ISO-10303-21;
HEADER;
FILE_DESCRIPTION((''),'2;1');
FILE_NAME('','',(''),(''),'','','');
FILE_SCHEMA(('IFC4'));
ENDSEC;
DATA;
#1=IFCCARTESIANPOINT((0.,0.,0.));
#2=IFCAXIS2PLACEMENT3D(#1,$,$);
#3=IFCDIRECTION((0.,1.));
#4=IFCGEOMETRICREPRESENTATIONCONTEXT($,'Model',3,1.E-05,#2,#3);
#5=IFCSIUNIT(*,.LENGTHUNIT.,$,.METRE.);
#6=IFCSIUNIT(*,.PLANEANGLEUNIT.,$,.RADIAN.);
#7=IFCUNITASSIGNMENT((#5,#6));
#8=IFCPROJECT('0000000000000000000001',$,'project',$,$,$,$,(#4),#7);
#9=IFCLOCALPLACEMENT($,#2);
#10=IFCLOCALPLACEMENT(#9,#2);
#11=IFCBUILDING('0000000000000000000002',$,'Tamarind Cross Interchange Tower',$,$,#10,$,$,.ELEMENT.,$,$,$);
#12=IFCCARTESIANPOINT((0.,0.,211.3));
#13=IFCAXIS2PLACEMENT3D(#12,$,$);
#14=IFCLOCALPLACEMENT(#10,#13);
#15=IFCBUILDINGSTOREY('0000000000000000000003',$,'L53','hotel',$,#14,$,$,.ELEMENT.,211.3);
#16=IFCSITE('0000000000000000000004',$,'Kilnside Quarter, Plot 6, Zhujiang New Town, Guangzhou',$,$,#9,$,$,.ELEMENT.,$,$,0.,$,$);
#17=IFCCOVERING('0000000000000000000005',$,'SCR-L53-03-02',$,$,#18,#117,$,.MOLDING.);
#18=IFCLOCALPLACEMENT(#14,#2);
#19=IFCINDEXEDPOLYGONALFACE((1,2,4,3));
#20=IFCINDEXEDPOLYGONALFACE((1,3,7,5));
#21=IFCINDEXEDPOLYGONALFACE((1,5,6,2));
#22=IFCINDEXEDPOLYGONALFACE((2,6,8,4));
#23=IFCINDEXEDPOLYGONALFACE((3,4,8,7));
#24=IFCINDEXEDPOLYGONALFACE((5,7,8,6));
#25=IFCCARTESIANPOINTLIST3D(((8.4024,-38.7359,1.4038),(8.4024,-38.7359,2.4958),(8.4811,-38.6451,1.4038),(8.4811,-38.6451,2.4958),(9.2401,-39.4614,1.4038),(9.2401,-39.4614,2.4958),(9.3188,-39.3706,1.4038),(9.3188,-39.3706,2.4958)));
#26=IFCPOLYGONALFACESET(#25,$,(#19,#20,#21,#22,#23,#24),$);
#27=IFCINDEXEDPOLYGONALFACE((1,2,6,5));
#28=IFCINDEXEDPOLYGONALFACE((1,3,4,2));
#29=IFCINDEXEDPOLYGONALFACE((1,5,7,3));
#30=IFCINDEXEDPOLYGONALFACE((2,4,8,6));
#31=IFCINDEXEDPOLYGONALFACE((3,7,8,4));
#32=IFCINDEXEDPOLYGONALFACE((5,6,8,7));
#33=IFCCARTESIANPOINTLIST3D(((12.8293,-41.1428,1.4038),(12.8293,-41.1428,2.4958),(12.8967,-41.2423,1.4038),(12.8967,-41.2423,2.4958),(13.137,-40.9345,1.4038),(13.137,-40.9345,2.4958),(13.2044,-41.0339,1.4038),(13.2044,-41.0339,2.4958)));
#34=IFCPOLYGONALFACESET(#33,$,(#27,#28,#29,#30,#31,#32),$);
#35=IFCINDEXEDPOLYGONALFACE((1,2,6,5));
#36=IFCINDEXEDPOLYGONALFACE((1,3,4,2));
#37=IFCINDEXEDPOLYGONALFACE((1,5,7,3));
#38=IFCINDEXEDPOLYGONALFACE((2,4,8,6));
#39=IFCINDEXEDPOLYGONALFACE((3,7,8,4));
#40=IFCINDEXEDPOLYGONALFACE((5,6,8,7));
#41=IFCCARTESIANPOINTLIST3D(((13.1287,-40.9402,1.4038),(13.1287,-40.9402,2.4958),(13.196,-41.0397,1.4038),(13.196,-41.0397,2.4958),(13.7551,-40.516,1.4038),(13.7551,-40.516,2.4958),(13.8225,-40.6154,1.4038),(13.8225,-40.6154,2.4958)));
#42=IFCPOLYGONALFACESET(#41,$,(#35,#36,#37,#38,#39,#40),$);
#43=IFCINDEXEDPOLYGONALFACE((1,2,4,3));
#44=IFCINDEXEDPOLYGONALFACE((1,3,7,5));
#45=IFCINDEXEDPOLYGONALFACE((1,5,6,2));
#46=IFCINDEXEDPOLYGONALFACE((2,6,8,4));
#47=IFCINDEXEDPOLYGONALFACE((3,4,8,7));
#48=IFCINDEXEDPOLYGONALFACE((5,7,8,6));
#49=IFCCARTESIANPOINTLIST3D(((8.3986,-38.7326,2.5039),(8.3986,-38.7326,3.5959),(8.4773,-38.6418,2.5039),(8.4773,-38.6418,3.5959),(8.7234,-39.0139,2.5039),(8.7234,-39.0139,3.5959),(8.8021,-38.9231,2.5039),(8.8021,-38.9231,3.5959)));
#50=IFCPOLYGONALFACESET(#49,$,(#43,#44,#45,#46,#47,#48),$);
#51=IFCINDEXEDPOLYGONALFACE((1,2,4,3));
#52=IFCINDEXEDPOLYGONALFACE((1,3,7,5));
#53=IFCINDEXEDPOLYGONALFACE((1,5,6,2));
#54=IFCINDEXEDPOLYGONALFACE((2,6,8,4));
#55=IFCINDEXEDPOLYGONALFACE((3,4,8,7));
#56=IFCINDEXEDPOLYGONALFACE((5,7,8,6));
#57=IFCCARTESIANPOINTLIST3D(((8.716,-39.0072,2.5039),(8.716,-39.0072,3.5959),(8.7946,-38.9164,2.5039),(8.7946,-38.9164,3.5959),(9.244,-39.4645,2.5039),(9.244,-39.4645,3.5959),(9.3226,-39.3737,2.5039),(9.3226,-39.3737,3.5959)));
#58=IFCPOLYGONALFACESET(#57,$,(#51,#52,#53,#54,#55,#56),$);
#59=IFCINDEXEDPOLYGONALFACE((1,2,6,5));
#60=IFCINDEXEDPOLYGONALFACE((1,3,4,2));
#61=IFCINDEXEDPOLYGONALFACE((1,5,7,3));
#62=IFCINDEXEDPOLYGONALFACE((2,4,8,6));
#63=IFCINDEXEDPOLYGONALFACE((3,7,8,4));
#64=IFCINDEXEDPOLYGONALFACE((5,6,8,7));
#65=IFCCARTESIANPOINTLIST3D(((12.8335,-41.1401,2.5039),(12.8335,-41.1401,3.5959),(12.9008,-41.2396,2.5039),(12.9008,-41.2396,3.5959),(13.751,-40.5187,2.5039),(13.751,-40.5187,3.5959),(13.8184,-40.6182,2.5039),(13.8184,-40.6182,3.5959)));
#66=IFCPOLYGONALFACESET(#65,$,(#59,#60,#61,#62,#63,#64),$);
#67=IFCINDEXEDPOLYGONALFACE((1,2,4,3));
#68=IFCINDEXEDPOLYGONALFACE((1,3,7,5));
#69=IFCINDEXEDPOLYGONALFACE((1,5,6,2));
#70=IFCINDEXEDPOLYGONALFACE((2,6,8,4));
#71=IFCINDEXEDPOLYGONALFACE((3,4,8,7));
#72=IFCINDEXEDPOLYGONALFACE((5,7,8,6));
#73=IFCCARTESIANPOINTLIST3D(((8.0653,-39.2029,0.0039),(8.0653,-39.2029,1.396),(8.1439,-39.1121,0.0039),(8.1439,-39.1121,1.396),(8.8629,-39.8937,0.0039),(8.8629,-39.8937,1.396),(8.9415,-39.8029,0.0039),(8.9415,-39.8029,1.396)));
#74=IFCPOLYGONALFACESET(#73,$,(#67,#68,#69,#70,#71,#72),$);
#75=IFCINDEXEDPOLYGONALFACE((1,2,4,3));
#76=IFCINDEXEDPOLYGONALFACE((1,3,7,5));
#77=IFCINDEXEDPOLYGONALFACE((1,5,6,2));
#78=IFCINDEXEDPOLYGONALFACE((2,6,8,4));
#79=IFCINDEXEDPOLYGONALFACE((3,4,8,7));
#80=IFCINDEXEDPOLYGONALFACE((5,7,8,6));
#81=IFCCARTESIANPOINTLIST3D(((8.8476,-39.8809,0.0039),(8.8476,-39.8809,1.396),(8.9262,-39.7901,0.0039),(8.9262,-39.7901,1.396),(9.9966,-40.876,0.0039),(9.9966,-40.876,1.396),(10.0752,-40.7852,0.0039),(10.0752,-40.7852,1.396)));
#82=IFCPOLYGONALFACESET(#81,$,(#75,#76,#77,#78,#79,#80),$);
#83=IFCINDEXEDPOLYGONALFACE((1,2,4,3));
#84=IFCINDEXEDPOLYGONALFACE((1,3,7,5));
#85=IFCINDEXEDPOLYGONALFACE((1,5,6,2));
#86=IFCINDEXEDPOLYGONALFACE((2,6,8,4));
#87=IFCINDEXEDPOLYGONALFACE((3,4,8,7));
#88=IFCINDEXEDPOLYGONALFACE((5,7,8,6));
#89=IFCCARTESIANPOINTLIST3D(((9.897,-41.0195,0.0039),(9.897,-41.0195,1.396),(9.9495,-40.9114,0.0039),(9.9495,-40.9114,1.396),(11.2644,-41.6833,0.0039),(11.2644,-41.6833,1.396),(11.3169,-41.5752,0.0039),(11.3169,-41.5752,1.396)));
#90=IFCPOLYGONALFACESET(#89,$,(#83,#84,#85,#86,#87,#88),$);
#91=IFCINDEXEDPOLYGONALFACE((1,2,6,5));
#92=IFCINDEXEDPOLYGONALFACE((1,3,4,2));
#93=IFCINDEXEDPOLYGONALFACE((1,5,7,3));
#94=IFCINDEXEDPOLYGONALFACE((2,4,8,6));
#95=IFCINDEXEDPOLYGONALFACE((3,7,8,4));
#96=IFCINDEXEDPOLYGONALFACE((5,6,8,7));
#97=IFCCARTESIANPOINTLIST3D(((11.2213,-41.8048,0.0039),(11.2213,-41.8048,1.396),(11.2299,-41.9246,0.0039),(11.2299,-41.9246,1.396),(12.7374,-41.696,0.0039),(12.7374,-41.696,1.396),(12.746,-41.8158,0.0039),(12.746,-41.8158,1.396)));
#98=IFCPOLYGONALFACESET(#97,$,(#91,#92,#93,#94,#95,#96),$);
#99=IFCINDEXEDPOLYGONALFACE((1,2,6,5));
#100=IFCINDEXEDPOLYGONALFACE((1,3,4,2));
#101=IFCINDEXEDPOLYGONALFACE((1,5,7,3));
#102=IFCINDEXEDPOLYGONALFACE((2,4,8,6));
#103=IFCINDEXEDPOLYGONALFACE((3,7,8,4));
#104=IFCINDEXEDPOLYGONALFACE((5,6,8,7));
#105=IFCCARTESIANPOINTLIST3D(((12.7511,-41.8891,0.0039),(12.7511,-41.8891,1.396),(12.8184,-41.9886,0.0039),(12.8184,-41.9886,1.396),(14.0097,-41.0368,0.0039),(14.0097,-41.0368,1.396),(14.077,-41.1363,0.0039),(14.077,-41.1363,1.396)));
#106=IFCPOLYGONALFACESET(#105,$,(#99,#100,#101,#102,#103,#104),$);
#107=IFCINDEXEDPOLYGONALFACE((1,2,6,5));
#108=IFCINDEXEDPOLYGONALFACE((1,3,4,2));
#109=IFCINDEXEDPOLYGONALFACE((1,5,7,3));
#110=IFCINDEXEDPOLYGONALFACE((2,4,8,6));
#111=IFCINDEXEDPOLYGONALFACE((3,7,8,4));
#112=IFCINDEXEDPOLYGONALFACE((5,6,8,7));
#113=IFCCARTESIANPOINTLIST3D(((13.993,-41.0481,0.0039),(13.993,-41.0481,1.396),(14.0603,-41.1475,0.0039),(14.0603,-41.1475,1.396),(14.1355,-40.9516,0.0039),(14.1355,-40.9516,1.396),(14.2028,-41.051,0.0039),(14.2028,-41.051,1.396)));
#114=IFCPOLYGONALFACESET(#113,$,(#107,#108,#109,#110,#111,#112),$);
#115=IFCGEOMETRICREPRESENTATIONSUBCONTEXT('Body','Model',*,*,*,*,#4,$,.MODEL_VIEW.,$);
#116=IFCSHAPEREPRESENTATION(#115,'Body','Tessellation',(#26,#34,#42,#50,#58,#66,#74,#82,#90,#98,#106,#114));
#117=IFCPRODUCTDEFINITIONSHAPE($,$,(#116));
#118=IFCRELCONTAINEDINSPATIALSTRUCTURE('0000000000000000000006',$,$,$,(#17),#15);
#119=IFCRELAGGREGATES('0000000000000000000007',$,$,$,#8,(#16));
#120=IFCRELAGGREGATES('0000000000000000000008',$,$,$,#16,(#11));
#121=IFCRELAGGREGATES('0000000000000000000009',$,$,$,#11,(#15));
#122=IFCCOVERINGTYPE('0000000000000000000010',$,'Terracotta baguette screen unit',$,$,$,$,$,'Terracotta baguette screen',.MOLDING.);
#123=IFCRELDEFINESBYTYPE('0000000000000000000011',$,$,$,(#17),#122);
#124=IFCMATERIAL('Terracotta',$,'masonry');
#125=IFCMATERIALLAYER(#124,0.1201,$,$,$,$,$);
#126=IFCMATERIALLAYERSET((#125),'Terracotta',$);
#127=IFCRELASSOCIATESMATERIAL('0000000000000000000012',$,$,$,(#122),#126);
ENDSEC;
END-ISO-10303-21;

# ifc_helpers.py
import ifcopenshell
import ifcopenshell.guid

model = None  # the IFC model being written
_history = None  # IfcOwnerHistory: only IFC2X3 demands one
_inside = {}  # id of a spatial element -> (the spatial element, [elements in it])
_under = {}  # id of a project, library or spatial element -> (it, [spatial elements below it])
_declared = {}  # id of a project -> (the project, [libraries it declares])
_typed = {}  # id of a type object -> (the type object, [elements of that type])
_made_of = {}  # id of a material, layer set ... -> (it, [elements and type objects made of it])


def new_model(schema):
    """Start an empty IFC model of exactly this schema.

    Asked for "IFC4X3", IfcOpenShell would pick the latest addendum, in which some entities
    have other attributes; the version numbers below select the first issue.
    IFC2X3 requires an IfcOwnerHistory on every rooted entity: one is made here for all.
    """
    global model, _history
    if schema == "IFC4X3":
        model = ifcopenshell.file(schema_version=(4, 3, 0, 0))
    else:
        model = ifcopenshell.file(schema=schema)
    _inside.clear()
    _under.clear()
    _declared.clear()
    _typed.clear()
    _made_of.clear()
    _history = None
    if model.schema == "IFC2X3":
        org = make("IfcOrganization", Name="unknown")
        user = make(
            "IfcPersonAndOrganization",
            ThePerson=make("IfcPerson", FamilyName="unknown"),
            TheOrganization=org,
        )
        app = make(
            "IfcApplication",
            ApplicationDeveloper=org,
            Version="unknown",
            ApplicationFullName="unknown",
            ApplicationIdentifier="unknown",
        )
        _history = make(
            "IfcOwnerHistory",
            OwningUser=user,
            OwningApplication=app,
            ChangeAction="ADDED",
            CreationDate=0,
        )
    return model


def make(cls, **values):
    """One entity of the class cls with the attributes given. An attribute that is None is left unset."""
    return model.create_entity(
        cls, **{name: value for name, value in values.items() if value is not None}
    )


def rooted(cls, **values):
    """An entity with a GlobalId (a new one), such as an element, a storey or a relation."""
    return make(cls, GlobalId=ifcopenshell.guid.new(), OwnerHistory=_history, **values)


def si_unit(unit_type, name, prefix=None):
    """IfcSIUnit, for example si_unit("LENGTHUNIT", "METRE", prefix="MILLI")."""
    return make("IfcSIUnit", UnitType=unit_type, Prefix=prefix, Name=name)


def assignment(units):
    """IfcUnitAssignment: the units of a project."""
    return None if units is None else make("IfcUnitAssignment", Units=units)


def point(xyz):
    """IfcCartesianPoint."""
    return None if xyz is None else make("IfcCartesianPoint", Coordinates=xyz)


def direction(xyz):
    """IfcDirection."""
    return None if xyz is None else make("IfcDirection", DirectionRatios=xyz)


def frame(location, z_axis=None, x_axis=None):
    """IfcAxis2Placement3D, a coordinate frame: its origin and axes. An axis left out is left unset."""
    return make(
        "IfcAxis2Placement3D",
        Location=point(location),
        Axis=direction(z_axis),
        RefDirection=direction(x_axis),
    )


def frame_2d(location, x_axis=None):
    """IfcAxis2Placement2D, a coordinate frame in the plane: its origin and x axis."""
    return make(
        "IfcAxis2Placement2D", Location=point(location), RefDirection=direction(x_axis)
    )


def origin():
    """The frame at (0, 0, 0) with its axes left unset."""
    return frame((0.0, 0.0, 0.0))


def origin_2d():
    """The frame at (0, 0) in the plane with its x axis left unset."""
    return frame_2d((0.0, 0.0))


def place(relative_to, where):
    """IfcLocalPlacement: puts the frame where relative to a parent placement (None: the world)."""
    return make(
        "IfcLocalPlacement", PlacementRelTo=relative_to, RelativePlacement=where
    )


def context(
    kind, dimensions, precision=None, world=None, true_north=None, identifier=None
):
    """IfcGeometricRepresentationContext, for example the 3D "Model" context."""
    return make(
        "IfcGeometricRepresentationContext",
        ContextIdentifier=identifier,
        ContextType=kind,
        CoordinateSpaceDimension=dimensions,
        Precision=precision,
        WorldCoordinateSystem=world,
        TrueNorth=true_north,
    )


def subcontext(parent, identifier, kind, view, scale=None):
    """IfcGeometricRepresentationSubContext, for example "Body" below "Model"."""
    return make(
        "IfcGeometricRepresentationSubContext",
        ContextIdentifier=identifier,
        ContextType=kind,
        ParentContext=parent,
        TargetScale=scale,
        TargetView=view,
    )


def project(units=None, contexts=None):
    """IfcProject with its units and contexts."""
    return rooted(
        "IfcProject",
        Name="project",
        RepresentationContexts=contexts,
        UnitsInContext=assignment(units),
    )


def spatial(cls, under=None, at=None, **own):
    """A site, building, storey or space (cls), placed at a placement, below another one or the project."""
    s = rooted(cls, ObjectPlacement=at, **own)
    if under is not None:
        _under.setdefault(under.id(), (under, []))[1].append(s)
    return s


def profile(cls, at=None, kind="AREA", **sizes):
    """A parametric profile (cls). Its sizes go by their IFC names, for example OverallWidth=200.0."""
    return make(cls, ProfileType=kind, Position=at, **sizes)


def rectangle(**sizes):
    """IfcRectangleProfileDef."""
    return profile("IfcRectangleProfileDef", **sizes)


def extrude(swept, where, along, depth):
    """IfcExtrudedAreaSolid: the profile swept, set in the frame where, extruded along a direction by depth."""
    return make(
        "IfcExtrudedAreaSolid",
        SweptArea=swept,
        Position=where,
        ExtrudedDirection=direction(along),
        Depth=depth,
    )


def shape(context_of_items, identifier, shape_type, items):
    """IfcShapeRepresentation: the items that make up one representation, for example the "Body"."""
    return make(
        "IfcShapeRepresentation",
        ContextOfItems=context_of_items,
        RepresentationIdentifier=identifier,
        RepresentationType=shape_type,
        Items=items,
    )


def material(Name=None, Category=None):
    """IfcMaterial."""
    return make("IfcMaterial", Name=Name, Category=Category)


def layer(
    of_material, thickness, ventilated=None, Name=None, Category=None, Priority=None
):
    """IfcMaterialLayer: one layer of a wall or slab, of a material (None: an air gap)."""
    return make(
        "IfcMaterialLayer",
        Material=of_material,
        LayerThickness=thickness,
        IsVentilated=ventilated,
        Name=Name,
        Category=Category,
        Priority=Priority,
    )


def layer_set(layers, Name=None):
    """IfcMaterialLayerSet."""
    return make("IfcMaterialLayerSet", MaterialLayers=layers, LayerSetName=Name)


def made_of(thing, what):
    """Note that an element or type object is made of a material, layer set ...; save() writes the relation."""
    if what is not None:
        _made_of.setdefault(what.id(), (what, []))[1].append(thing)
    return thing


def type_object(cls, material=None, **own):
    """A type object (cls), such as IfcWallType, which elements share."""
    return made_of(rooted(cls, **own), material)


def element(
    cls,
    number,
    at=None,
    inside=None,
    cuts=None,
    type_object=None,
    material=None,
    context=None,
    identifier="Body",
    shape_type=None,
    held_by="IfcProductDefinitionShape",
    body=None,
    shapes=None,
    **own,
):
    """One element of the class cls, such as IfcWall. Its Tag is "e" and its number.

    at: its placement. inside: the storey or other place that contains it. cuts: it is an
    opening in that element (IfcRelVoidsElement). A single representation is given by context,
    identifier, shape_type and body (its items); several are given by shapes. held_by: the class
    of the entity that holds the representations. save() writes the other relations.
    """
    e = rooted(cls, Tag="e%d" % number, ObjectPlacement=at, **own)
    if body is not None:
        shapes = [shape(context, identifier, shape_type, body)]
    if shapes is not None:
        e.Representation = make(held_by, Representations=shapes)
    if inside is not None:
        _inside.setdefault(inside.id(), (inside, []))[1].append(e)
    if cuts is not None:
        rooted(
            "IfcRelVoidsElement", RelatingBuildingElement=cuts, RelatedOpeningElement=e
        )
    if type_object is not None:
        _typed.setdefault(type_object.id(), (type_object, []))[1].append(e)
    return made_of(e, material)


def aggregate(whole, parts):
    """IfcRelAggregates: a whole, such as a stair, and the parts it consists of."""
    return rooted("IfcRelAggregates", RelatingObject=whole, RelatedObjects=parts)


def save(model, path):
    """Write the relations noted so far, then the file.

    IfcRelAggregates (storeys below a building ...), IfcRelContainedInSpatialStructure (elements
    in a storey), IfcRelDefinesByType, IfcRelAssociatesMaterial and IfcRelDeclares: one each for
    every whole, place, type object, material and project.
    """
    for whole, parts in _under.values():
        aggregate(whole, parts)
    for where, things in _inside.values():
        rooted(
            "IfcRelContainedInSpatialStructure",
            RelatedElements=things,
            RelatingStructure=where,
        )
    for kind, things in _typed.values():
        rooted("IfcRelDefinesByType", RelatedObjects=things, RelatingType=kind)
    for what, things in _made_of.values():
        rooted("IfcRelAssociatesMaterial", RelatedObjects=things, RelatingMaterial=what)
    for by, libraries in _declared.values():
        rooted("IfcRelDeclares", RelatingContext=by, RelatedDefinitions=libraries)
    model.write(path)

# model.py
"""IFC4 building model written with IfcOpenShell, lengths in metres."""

from ifc_helpers import new_model, si_unit, direction, frame, origin, origin_2d, place, context, subcontext, project, spatial, rectangle, extrude, material, layer, layer_set, type_object, element, save


model = new_model("IFC4")

# Units and contexts
model_context = context("Model", 3, precision=1e-05, world=origin(), true_north=direction((0.0, 1.0)))
body_context = subcontext(model_context, "Body", "Model", "MODEL_VIEW")
ifc_project = project(units=[si_unit("LENGTHUNIT", "METRE"), si_unit("PLANEANGLEUNIT", "RADIAN")], contexts=[model_context])

# Site, building, storey
site_placement = place(None, origin())
site = spatial("IfcSite", under=ifc_project, at=site_placement, Name="Kilnside Quarter, Plot 6, Zhujiang New Town, Guangzhou", CompositionType="ELEMENT", RefElevation=0.0)
building_placement = place(site_placement, origin())
building = spatial("IfcBuilding", under=site, at=building_placement, Name="Tamarind Cross Interchange Tower", CompositionType="ELEMENT")
storey_placement = place(building_placement, frame((0.0, 0.0, 211.3)))
storey = spatial("IfcBuildingStorey", under=building, at=storey_placement, Name="L53", Description="hotel", CompositionType="ELEMENT", Elevation=211.3)

# Covering
ifc_material_1 = material(Name="Terracotta", Category="masonry")
ifc_layer_1 = layer(ifc_material_1, 0.1201)
ifc_layer_set_1 = layer_set([ifc_layer_1], Name="Terracotta")
covering_type = type_object("IfcCoveringType", Name="Terracotta baguette screen unit", ElementType="Terracotta baguette screen", PredefinedType="MOLDING", material=ifc_layer_set_1)
covering_1_placement = place(storey_placement, origin())
element("IfcCovering", 1, at=covering_1_placement, inside=storey, type_object=covering_type, Name="SCR-L53-03-02", PredefinedType="MOLDING", context=body_context, shape_type="SweptSolid", body=[
    extrude(rectangle(XDim=1.1082, YDim=0.1201, at=origin_2d()), frame((8.8606, -39.0532, 1.4038), z_axis=(0.0, 0.0, 1.0), x_axis=(0.755917, -0.654667, 0.0)), (0.0, 0.0, 1.0), 1.092),
    extrude(rectangle(XDim=0.3716, YDim=0.1201, at=origin_2d()), frame((13.0168, -41.0884, 1.4038), z_axis=(0.0, 0.0, 1.0), x_axis=(0.828006, 0.56072, 0.0)), (0.0, 0.0, 1.0), 1.092),
    extrude(rectangle(XDim=0.7566, YDim=0.1201, at=origin_2d()), frame((13.4756, -40.7778, 1.4038), z_axis=(0.0, 0.0, 1.0), x_axis=(0.828006, 0.56072, 0.0)), (0.0, 0.0, 1.0), 1.092),
    extrude(rectangle(XDim=0.4297, YDim=0.1201, at=origin_2d()), frame((8.6003, -38.8279, 2.5039), z_axis=(0.0, 0.0, 1.0), x_axis=(0.755917, -0.654667, 0.0)), (0.0, 0.0, 1.0), 1.092),
    extrude(rectangle(XDim=0.6985, YDim=0.1201, at=origin_2d()), frame((9.0193, -39.1904, 2.5039), z_axis=(0.0, 0.0, 1.0), x_axis=(0.755917, -0.654667, 0.0)), (0.0, 0.0, 1.0), 1.092),
    extrude(rectangle(XDim=1.1082, YDim=0.1201, at=origin_2d()), frame((13.3259, -40.8792, 2.5039), z_axis=(0.0, 0.0, 1.0), x_axis=(0.828006, 0.56072, 0.0)), (0.0, 0.0, 1.0), 1.092),
    extrude(rectangle(XDim=1.0552, YDim=0.1201, at=origin_2d()), frame((8.5034, -39.5029, 0.0039), z_axis=(0.0, 0.0, 1.0), x_axis=(0.755917, -0.654667, 0.0)), (0.0, 0.0, 1.0), 1.3921),
    extrude(rectangle(XDim=1.52, YDim=0.1201, at=origin_2d()), frame((9.4614, -40.333, 0.0039), z_axis=(0.0, 0.0, 1.0), x_axis=(0.755917, -0.654667, 0.0)), (0.0, 0.0, 1.0), 1.3921),
    extrude(rectangle(XDim=1.52, YDim=0.1201, at=origin_2d()), frame((10.6069, -41.2974, 0.0039), z_axis=(0.0, 0.0, 1.0), x_axis=(0.8996, -0.436714, 0.0)), (0.0, 0.0, 1.0), 1.3921),
    extrude(rectangle(XDim=1.52, YDim=0.1201, at=origin_2d()), frame((11.9836, -41.8103, 0.0039), z_axis=(0.0, 0.0, 1.0), x_axis=(0.997434, 0.071595, 0.0)), (0.0, 0.0, 1.0), 1.3921),
    extrude(rectangle(XDim=1.52, YDim=0.1201, at=origin_2d()), frame((13.4141, -41.5127, 0.0039), z_axis=(0.0, 0.0, 1.0), x_axis=(0.828006, 0.56072, 0.0)), (0.0, 0.0, 1.0), 1.3921),
    extrude(rectangle(XDim=0.1721, YDim=0.1201, at=origin_2d()), frame((14.0979, -41.0496, 0.0039), z_axis=(0.0, 0.0, 1.0), x_axis=(0.828006, 0.56072, 0.0)), (0.0, 0.0, 1.0), 1.3921),
])

save(model, "model.ifc")
